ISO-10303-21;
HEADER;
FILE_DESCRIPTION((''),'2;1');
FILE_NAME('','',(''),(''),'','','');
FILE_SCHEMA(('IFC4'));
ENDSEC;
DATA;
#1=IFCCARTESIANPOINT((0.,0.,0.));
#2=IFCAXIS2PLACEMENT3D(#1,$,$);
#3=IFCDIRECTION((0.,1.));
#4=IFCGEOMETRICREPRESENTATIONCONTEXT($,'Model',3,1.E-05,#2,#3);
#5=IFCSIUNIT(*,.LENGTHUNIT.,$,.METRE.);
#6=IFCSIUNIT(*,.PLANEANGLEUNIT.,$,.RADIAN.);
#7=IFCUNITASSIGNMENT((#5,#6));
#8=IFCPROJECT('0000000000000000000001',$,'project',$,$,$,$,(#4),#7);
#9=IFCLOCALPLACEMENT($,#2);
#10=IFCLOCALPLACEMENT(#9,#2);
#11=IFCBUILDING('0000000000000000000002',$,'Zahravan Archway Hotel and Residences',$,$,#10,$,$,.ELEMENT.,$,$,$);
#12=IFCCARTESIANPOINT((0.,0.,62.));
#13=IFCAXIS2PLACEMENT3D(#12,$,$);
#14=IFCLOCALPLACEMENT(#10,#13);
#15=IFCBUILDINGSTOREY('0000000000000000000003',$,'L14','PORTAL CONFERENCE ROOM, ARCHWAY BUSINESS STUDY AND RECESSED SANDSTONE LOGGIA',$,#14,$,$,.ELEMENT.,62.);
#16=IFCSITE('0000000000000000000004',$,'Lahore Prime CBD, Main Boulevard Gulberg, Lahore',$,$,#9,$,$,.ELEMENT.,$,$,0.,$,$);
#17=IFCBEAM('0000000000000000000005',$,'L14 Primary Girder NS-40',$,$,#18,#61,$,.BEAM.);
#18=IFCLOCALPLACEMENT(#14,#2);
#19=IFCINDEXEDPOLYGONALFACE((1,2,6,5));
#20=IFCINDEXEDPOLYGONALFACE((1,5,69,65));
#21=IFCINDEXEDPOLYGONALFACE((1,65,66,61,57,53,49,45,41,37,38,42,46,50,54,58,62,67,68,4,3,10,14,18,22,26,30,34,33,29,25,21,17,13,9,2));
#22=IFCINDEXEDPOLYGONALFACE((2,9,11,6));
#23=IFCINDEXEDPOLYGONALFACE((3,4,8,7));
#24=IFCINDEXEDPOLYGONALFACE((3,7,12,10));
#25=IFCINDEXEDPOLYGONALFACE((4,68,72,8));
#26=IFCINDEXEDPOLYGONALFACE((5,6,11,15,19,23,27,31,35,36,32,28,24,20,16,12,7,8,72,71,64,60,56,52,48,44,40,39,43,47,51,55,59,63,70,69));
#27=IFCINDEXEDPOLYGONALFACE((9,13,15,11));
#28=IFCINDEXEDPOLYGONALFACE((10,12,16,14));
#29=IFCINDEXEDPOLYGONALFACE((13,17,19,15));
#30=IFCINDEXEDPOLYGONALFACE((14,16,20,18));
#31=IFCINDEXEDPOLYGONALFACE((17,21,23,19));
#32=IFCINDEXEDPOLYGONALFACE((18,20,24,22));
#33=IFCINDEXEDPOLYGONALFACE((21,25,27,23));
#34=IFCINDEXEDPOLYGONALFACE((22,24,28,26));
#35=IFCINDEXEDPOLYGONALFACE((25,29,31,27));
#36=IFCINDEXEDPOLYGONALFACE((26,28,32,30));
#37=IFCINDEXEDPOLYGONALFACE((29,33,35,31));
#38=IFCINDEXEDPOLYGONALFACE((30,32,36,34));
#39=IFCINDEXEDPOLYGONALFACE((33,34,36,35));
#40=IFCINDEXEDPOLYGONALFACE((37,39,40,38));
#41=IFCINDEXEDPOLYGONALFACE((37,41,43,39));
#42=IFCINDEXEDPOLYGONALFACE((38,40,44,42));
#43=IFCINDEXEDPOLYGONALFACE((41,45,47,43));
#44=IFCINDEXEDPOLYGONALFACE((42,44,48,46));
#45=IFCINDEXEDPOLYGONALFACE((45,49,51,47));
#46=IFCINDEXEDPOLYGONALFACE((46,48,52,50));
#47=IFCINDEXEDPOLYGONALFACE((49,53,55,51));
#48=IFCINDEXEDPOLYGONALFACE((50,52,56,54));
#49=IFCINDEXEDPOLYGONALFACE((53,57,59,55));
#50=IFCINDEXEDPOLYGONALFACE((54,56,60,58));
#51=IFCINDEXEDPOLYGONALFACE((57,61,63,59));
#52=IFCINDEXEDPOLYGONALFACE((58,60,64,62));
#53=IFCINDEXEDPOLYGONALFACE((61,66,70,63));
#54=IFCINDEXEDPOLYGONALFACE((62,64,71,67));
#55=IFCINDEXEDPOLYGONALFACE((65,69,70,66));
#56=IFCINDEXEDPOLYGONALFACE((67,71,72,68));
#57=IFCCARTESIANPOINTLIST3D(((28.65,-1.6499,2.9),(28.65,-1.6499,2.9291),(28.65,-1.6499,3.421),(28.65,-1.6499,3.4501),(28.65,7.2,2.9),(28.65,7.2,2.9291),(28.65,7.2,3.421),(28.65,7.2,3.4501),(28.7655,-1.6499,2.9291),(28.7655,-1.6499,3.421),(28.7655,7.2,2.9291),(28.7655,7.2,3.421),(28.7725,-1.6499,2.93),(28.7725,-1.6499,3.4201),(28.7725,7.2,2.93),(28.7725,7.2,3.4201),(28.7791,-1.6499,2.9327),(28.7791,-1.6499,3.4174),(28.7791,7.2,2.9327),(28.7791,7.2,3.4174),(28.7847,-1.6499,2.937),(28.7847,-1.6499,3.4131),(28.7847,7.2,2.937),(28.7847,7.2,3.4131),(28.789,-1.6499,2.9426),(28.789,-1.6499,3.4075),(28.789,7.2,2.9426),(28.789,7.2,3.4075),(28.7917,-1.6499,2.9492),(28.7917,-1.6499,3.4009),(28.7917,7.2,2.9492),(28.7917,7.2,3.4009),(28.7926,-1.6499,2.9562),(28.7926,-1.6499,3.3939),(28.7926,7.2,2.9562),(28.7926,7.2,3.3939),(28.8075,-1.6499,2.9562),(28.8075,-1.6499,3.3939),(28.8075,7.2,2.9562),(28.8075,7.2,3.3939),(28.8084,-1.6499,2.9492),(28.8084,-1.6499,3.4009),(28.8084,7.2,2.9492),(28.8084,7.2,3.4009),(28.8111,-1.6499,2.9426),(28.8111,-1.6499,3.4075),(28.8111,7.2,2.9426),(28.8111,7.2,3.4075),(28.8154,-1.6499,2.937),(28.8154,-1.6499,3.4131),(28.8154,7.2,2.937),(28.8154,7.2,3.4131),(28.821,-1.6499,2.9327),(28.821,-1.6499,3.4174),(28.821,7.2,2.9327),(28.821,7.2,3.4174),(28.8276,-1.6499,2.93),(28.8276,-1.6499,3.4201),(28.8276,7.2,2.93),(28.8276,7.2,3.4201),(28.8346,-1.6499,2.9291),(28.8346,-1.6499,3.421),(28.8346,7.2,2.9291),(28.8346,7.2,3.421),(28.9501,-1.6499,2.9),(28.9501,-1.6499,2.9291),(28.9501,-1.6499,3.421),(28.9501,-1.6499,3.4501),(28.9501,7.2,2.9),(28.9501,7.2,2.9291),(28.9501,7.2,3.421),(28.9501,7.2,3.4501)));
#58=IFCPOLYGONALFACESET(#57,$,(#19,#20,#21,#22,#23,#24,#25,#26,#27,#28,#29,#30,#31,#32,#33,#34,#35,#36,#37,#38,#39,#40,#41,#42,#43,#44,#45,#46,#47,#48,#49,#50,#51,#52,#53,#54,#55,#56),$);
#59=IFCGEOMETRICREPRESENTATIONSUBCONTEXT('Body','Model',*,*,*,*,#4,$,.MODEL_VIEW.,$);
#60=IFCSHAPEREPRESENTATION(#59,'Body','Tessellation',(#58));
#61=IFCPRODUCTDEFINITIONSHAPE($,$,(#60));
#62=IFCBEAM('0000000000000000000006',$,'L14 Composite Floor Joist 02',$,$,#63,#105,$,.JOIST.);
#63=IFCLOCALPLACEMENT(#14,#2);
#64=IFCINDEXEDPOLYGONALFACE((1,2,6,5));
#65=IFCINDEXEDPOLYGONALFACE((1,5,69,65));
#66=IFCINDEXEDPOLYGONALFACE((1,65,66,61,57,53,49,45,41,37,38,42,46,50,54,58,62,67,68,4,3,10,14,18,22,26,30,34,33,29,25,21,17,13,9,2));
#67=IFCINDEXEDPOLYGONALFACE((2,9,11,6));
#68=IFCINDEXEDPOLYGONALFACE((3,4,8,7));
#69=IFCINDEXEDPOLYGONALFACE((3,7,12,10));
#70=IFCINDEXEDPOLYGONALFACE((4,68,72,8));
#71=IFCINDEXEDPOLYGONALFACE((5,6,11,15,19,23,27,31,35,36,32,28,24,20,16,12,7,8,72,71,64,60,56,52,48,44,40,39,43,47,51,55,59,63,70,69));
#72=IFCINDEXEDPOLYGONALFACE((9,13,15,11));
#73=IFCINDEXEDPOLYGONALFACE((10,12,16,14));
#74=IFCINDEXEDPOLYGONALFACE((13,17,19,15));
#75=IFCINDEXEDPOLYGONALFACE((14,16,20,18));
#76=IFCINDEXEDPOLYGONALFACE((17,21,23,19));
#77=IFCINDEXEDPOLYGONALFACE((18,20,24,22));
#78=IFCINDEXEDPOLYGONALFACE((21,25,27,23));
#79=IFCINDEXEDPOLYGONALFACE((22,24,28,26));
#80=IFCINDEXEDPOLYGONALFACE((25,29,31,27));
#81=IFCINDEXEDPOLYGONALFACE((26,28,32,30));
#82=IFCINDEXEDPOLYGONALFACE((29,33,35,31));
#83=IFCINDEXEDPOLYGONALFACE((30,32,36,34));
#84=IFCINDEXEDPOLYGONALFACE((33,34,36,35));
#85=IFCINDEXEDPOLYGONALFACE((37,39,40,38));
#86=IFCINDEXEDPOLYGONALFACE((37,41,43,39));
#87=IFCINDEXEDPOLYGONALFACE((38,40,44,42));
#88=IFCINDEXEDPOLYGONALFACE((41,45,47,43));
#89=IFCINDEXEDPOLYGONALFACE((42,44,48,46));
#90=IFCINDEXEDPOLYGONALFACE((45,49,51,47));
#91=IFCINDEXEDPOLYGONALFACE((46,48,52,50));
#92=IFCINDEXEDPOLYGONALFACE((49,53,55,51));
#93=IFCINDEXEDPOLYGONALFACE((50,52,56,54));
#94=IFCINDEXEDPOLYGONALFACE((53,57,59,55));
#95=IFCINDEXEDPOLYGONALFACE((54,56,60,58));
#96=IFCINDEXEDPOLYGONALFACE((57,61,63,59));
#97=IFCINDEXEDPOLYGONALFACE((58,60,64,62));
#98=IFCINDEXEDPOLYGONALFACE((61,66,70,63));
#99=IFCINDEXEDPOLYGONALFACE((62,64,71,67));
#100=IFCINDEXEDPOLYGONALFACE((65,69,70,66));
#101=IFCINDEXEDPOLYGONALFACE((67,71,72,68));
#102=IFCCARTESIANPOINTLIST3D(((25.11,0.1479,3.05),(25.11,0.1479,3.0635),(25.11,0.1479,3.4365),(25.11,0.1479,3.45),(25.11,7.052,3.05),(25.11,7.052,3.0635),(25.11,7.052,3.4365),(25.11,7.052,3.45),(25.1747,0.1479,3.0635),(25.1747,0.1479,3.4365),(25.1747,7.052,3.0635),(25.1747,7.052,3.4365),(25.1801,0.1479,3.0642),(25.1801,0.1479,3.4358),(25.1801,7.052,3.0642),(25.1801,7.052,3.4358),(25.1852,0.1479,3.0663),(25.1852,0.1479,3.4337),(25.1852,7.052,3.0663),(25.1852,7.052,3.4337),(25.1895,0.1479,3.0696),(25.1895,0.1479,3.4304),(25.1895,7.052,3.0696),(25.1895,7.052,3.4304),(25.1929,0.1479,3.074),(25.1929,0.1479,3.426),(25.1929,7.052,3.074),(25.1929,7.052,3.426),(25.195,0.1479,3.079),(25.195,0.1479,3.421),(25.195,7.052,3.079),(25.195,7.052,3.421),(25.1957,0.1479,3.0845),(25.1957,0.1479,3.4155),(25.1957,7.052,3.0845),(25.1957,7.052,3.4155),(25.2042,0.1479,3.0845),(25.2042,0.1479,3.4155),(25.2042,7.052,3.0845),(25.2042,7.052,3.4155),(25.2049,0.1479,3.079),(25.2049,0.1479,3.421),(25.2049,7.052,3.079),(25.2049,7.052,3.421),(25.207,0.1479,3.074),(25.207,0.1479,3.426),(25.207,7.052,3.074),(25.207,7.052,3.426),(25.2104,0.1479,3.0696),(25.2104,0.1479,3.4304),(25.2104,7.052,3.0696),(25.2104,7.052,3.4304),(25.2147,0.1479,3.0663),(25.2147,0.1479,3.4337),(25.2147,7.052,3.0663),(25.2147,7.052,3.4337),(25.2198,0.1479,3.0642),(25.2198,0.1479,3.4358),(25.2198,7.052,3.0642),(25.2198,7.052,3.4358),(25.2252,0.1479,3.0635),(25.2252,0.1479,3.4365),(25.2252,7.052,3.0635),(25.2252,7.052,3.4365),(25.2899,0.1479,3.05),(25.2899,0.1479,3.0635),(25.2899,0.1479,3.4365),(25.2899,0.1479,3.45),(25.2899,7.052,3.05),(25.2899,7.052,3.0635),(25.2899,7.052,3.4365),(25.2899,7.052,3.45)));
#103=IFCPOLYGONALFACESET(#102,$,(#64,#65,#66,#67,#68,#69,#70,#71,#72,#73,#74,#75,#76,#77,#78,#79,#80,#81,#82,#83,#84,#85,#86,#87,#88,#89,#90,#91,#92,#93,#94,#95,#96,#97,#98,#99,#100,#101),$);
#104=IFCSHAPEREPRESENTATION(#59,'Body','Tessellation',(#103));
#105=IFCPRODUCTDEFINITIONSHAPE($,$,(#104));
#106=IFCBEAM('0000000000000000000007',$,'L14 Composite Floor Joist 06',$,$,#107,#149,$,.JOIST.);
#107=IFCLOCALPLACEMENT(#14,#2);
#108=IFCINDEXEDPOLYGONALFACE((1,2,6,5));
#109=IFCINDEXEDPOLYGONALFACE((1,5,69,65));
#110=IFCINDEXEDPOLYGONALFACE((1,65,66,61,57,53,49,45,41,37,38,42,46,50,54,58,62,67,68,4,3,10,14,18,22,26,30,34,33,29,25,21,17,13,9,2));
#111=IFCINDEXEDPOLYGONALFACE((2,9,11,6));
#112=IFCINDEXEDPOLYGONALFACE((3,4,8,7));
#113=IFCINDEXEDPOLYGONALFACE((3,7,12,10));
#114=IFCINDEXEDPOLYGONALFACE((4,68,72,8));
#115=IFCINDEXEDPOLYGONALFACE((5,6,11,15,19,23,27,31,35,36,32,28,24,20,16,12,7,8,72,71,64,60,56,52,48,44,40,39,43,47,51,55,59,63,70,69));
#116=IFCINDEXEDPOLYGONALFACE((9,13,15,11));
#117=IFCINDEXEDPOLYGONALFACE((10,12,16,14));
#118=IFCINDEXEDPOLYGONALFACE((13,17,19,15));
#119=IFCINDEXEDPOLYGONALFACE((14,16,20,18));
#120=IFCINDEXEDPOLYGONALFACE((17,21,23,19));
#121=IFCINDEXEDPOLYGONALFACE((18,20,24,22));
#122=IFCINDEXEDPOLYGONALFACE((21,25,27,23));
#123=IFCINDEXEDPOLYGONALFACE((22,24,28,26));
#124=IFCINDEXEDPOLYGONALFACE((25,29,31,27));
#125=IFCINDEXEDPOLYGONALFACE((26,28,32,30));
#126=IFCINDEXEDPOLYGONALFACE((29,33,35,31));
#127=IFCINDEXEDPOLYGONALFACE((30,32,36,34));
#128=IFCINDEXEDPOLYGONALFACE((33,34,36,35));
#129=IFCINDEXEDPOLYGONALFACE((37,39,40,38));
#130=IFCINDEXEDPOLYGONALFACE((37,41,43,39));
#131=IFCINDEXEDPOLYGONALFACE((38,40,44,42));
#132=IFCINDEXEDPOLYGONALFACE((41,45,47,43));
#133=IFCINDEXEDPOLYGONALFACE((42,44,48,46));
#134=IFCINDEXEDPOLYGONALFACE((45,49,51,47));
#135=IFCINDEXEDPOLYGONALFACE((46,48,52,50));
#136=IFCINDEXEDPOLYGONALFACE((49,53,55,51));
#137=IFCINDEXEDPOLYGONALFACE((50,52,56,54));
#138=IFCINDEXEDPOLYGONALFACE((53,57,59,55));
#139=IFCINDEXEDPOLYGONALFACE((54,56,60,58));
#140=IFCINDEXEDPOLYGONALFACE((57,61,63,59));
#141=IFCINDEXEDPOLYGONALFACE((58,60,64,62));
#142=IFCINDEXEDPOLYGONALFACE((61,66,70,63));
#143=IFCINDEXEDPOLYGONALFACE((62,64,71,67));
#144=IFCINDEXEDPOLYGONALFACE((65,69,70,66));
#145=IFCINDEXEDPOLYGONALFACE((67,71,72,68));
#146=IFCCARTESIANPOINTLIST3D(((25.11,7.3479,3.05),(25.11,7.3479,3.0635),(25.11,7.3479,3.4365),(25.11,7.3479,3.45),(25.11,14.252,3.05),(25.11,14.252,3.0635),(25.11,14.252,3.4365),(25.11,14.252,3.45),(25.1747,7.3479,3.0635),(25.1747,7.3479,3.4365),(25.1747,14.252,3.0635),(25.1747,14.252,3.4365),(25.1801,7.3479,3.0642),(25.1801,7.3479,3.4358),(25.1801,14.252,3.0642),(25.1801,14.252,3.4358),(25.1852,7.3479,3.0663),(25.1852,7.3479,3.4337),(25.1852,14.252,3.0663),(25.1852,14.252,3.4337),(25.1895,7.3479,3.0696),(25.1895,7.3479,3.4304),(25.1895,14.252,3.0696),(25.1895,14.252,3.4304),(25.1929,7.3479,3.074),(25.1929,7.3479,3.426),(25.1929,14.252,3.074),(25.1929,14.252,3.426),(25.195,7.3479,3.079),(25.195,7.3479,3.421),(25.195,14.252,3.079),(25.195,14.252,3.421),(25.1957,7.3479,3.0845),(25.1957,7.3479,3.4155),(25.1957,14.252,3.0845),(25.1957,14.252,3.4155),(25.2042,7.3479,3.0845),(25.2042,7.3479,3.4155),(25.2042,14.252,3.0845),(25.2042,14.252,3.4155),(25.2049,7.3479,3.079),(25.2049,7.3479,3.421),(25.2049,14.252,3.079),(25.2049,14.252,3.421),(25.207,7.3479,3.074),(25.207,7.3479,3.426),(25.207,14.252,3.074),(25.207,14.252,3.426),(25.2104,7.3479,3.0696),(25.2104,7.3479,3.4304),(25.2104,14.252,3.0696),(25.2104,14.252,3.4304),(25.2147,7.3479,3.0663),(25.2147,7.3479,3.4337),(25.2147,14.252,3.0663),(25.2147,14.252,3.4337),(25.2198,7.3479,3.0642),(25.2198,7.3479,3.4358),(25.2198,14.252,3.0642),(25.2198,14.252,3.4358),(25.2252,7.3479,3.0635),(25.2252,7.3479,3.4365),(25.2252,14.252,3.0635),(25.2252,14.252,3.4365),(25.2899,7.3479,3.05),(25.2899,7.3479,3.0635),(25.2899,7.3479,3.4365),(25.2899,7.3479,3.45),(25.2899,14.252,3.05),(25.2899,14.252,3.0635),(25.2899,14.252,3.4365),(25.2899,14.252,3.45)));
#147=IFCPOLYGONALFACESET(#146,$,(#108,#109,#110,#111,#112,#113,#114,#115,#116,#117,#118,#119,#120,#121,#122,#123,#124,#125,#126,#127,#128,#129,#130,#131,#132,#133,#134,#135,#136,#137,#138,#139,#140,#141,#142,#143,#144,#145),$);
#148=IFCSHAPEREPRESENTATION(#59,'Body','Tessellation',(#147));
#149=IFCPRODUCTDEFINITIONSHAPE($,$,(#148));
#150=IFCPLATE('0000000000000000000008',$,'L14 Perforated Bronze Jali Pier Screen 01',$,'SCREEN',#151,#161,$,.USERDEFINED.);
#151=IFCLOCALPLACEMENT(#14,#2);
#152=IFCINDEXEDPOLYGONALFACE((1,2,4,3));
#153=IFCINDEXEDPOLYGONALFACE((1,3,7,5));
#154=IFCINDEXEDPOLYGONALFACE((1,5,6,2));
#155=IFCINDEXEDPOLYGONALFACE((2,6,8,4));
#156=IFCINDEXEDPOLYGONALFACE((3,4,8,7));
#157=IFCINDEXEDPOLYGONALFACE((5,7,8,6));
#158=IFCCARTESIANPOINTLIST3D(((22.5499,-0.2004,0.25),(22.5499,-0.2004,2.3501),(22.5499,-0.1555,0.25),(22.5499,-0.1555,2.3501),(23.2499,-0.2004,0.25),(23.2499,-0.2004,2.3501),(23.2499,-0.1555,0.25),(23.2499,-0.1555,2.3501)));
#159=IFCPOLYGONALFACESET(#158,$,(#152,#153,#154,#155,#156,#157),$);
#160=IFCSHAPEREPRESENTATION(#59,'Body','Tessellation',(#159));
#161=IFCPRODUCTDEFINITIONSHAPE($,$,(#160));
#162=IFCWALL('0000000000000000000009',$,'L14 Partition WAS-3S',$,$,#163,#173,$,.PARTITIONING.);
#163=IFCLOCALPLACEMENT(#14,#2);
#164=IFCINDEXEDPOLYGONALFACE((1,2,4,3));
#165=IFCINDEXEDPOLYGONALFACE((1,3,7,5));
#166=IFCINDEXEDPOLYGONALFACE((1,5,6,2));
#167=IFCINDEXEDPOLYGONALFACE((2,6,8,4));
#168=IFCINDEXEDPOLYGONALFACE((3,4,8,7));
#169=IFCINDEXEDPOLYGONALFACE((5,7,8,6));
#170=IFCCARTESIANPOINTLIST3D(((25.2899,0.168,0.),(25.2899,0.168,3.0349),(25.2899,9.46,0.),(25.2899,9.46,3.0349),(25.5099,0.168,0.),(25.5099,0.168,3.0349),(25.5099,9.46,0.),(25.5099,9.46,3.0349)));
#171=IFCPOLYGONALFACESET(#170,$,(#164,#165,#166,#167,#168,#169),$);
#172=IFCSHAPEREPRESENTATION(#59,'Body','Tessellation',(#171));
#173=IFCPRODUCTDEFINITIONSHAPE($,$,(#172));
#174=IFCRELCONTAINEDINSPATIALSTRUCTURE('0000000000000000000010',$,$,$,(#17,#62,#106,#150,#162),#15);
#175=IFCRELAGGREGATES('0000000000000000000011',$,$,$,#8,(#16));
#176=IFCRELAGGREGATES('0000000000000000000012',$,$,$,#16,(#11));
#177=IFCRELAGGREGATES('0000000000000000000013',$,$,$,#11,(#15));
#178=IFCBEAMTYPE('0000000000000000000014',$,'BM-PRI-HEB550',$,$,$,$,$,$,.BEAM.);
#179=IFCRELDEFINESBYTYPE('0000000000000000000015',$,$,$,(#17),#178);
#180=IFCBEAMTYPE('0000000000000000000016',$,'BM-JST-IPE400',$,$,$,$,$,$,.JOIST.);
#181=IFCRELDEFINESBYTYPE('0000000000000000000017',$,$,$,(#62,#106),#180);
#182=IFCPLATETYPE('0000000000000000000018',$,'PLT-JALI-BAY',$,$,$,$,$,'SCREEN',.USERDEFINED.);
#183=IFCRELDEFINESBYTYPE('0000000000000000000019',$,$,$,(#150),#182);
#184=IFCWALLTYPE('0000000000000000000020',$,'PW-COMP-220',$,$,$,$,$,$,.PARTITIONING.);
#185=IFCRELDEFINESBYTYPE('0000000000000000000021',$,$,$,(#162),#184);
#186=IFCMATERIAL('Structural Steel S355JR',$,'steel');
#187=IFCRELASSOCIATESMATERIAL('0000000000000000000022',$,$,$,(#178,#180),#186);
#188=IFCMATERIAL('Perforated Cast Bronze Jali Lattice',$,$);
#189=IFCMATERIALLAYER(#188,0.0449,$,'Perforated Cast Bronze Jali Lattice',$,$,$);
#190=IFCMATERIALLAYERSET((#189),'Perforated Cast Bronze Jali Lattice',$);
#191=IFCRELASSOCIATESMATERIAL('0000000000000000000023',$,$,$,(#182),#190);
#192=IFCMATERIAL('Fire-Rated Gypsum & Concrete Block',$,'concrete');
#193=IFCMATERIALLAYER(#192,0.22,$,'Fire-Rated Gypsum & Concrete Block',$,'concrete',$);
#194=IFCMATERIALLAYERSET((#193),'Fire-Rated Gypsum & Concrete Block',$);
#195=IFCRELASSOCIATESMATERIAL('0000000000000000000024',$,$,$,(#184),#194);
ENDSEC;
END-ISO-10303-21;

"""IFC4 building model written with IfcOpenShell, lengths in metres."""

from ifc_helpers import new_model, si_unit, direction, frame, frame_2d, origin, origin_2d, place, context, subcontext, project, spatial, rectangle, i_section, extrude, source, transform, mapped, material, layer, layer_set, material_profile, profile_set, type_object, type_shapes, element, save


model = new_model("IFC4")

# Units and contexts
model_context = context("Model", 3, precision=1e-05, world=origin(), true_north=direction((0.0, 1.0)))
body_context = subcontext(model_context, "Body", "Model", "MODEL_VIEW")
ifc_project = project(units=[si_unit("LENGTHUNIT", "METRE"), si_unit("PLANEANGLEUNIT", "RADIAN")], contexts=[model_context])

# Site, building, storey
site_placement = place(None, origin())
site = spatial("IfcSite", under=ifc_project, at=site_placement, Name="Lahore Prime CBD, Main Boulevard Gulberg, Lahore", CompositionType="ELEMENT", RefElevation=0.0)
building_placement = place(site_placement, origin())
building = spatial("IfcBuilding", under=site, at=building_placement, Name="Zahravan Archway Hotel and Residences", CompositionType="ELEMENT")
storey_placement = place(building_placement, frame((0.0, 0.0, 62.0)))
storey = spatial("IfcBuildingStorey", under=building, at=storey_placement, Name="L14", Description="PORTAL CONFERENCE ROOM, ARCHWAY BUSINESS STUDY AND RECESSED SANDSTONE LOGGIA", CompositionType="ELEMENT", Elevation=62.0)

# Beams
ifc_material_1 = material(Name="Structural Steel S355JR", Category="steel")
ifc_material_profile_1 = material_profile(ifc_material_1, i_section(OverallWidth=0.3, OverallDepth=0.55, WebThickness=0.0149, FlangeThickness=0.0291, FilletRadius=0.0271, at=origin_2d()), Name="HEB 550", Category="steel")
ifc_profile_set_1 = profile_set([ifc_material_profile_1], Name="Structural Steel S355JR")
beam_type_1 = type_object("IfcBeamType", Name="BM-PRI-HEB550", PredefinedType="BEAM", material=ifc_profile_set_1)
shared_shape_1 = source(origin(), body_context, "Body", "SweptSolid", [
    extrude(i_section(OverallWidth=0.3, OverallDepth=0.55, WebThickness=0.0149, FlangeThickness=0.0291, FilletRadius=0.0271, at=origin_2d()), origin(), (0.0, 0.0, 1.0), 8.8499),
])
for number, where, z_axis, x_axis, name in (
    (1, (28.8, -1.6499, 3.175), (0.0, 1.0, 0.0), (-1.0, 0.0, 0.0), "L14 Primary Girder NS-40"),
):
    element("IfcBeam", number, at=place(storey_placement, frame(where, z_axis=z_axis, x_axis=x_axis)), inside=storey, type_object=beam_type_1, Name=name, PredefinedType="BEAM", context=body_context, shape_type="MappedRepresentation", body=[
        mapped(shared_shape_1, transform((0.0, 0.0, 0.0), scale=1.0)),
    ])
ifc_material_profile_2 = material_profile(ifc_material_1, i_section(OverallWidth=0.1799, OverallDepth=0.3999, WebThickness=0.0085, FlangeThickness=0.0134, FilletRadius=0.021, at=origin_2d()), Name="IPE 400", Category="steel")
ifc_profile_set_2 = profile_set([ifc_material_profile_2], Name="Structural Steel S355JR")
beam_type_2 = type_object("IfcBeamType", Name="BM-JST-IPE400", PredefinedType="JOIST", material=ifc_profile_set_2)
shared_shape_2 = source(origin(), body_context, "Body", "SweptSolid", [
    extrude(i_section(OverallWidth=0.1799, OverallDepth=0.3999, WebThickness=0.0085, FlangeThickness=0.0134, FilletRadius=0.021, at=origin_2d()), origin(), (0.0, 0.0, 1.0), 6.9041),
])
type_shapes(beam_type_2, [shared_shape_2])
for number, where, z_axis, x_axis, name in (
    (2, (25.2, 0.1479, 3.25), (0.0, 1.0, 0.0), (-1.0, 0.0, 0.0), "L14 Composite Floor Joist 02"),
    (3, (25.2, 7.3479, 3.25), (0.0, 1.0, 0.0), (-1.0, 0.0, 0.0), "L14 Composite Floor Joist 06"),
):
    element("IfcBeam", number, at=place(storey_placement, frame(where, z_axis=z_axis, x_axis=x_axis)), inside=storey, type_object=beam_type_2, Name=name, PredefinedType="JOIST", context=body_context, shape_type="MappedRepresentation", body=[
        mapped(shared_shape_2, transform((0.0, 0.0, 0.0), scale=1.0)),
    ])

# Plate
ifc_material_2 = material(Name="Perforated Cast Bronze Jali Lattice")
ifc_layer_1 = layer(ifc_material_2, 0.0449, Name="Perforated Cast Bronze Jali Lattice")
ifc_layer_set_1 = layer_set([ifc_layer_1], Name="Perforated Cast Bronze Jali Lattice")
plate_type = type_object("IfcPlateType", Name="PLT-JALI-BAY", ElementType="SCREEN", PredefinedType="USERDEFINED", material=ifc_layer_set_1)
shared_shape_3 = source(origin(), body_context, "Body", "SweptSolid", [
    extrude(rectangle(XDim=0.7, YDim=0.0449, at=origin_2d()), origin(), (0.0, 0.0, 1.0), 2.1001),
])
type_shapes(plate_type, [shared_shape_3])
plate_placement = place(storey_placement, frame((22.8999, -0.178, 0.25), z_axis=(0.0, 0.0, 1.0), x_axis=(1.0, 0.0, 0.0)))
element("IfcPlate", 4, at=plate_placement, inside=storey, type_object=plate_type, Name="L14 Perforated Bronze Jali Pier Screen 01", ObjectType="SCREEN", PredefinedType="USERDEFINED", context=body_context, shape_type="MappedRepresentation", body=[
    mapped(shared_shape_3, transform((0.0, 0.0, 0.0), scale=1.0)),
])

# Wall
ifc_material_3 = material(Name="Fire-Rated Gypsum & Concrete Block", Category="concrete")
ifc_layer_2 = layer(ifc_material_3, 0.22, Name="Fire-Rated Gypsum & Concrete Block", Category="concrete")
ifc_layer_set_2 = layer_set([ifc_layer_2], Name="Fire-Rated Gypsum & Concrete Block")
wall_type_1 = type_object("IfcWallType", Name="PW-COMP-220", PredefinedType="PARTITIONING", material=ifc_layer_set_2)
wall_1_placement = place(storey_placement, frame((25.3999, 0.168, 0.0), z_axis=(0.0, 0.0, 1.0), x_axis=(0.0, 1.0, 0.0)))
element("IfcWall", 5, at=wall_1_placement, inside=storey, type_object=wall_type_1, Name="L14 Partition WAS-3S", PredefinedType="PARTITIONING", context=body_context, shape_type="SweptSolid", body=[
    extrude(rectangle(XDim=9.292, YDim=0.22, at=frame_2d((4.646, 0.0))), origin(), (0.0, 0.0, 1.0), 3.0349),
])

save(model, "model.ifc")
